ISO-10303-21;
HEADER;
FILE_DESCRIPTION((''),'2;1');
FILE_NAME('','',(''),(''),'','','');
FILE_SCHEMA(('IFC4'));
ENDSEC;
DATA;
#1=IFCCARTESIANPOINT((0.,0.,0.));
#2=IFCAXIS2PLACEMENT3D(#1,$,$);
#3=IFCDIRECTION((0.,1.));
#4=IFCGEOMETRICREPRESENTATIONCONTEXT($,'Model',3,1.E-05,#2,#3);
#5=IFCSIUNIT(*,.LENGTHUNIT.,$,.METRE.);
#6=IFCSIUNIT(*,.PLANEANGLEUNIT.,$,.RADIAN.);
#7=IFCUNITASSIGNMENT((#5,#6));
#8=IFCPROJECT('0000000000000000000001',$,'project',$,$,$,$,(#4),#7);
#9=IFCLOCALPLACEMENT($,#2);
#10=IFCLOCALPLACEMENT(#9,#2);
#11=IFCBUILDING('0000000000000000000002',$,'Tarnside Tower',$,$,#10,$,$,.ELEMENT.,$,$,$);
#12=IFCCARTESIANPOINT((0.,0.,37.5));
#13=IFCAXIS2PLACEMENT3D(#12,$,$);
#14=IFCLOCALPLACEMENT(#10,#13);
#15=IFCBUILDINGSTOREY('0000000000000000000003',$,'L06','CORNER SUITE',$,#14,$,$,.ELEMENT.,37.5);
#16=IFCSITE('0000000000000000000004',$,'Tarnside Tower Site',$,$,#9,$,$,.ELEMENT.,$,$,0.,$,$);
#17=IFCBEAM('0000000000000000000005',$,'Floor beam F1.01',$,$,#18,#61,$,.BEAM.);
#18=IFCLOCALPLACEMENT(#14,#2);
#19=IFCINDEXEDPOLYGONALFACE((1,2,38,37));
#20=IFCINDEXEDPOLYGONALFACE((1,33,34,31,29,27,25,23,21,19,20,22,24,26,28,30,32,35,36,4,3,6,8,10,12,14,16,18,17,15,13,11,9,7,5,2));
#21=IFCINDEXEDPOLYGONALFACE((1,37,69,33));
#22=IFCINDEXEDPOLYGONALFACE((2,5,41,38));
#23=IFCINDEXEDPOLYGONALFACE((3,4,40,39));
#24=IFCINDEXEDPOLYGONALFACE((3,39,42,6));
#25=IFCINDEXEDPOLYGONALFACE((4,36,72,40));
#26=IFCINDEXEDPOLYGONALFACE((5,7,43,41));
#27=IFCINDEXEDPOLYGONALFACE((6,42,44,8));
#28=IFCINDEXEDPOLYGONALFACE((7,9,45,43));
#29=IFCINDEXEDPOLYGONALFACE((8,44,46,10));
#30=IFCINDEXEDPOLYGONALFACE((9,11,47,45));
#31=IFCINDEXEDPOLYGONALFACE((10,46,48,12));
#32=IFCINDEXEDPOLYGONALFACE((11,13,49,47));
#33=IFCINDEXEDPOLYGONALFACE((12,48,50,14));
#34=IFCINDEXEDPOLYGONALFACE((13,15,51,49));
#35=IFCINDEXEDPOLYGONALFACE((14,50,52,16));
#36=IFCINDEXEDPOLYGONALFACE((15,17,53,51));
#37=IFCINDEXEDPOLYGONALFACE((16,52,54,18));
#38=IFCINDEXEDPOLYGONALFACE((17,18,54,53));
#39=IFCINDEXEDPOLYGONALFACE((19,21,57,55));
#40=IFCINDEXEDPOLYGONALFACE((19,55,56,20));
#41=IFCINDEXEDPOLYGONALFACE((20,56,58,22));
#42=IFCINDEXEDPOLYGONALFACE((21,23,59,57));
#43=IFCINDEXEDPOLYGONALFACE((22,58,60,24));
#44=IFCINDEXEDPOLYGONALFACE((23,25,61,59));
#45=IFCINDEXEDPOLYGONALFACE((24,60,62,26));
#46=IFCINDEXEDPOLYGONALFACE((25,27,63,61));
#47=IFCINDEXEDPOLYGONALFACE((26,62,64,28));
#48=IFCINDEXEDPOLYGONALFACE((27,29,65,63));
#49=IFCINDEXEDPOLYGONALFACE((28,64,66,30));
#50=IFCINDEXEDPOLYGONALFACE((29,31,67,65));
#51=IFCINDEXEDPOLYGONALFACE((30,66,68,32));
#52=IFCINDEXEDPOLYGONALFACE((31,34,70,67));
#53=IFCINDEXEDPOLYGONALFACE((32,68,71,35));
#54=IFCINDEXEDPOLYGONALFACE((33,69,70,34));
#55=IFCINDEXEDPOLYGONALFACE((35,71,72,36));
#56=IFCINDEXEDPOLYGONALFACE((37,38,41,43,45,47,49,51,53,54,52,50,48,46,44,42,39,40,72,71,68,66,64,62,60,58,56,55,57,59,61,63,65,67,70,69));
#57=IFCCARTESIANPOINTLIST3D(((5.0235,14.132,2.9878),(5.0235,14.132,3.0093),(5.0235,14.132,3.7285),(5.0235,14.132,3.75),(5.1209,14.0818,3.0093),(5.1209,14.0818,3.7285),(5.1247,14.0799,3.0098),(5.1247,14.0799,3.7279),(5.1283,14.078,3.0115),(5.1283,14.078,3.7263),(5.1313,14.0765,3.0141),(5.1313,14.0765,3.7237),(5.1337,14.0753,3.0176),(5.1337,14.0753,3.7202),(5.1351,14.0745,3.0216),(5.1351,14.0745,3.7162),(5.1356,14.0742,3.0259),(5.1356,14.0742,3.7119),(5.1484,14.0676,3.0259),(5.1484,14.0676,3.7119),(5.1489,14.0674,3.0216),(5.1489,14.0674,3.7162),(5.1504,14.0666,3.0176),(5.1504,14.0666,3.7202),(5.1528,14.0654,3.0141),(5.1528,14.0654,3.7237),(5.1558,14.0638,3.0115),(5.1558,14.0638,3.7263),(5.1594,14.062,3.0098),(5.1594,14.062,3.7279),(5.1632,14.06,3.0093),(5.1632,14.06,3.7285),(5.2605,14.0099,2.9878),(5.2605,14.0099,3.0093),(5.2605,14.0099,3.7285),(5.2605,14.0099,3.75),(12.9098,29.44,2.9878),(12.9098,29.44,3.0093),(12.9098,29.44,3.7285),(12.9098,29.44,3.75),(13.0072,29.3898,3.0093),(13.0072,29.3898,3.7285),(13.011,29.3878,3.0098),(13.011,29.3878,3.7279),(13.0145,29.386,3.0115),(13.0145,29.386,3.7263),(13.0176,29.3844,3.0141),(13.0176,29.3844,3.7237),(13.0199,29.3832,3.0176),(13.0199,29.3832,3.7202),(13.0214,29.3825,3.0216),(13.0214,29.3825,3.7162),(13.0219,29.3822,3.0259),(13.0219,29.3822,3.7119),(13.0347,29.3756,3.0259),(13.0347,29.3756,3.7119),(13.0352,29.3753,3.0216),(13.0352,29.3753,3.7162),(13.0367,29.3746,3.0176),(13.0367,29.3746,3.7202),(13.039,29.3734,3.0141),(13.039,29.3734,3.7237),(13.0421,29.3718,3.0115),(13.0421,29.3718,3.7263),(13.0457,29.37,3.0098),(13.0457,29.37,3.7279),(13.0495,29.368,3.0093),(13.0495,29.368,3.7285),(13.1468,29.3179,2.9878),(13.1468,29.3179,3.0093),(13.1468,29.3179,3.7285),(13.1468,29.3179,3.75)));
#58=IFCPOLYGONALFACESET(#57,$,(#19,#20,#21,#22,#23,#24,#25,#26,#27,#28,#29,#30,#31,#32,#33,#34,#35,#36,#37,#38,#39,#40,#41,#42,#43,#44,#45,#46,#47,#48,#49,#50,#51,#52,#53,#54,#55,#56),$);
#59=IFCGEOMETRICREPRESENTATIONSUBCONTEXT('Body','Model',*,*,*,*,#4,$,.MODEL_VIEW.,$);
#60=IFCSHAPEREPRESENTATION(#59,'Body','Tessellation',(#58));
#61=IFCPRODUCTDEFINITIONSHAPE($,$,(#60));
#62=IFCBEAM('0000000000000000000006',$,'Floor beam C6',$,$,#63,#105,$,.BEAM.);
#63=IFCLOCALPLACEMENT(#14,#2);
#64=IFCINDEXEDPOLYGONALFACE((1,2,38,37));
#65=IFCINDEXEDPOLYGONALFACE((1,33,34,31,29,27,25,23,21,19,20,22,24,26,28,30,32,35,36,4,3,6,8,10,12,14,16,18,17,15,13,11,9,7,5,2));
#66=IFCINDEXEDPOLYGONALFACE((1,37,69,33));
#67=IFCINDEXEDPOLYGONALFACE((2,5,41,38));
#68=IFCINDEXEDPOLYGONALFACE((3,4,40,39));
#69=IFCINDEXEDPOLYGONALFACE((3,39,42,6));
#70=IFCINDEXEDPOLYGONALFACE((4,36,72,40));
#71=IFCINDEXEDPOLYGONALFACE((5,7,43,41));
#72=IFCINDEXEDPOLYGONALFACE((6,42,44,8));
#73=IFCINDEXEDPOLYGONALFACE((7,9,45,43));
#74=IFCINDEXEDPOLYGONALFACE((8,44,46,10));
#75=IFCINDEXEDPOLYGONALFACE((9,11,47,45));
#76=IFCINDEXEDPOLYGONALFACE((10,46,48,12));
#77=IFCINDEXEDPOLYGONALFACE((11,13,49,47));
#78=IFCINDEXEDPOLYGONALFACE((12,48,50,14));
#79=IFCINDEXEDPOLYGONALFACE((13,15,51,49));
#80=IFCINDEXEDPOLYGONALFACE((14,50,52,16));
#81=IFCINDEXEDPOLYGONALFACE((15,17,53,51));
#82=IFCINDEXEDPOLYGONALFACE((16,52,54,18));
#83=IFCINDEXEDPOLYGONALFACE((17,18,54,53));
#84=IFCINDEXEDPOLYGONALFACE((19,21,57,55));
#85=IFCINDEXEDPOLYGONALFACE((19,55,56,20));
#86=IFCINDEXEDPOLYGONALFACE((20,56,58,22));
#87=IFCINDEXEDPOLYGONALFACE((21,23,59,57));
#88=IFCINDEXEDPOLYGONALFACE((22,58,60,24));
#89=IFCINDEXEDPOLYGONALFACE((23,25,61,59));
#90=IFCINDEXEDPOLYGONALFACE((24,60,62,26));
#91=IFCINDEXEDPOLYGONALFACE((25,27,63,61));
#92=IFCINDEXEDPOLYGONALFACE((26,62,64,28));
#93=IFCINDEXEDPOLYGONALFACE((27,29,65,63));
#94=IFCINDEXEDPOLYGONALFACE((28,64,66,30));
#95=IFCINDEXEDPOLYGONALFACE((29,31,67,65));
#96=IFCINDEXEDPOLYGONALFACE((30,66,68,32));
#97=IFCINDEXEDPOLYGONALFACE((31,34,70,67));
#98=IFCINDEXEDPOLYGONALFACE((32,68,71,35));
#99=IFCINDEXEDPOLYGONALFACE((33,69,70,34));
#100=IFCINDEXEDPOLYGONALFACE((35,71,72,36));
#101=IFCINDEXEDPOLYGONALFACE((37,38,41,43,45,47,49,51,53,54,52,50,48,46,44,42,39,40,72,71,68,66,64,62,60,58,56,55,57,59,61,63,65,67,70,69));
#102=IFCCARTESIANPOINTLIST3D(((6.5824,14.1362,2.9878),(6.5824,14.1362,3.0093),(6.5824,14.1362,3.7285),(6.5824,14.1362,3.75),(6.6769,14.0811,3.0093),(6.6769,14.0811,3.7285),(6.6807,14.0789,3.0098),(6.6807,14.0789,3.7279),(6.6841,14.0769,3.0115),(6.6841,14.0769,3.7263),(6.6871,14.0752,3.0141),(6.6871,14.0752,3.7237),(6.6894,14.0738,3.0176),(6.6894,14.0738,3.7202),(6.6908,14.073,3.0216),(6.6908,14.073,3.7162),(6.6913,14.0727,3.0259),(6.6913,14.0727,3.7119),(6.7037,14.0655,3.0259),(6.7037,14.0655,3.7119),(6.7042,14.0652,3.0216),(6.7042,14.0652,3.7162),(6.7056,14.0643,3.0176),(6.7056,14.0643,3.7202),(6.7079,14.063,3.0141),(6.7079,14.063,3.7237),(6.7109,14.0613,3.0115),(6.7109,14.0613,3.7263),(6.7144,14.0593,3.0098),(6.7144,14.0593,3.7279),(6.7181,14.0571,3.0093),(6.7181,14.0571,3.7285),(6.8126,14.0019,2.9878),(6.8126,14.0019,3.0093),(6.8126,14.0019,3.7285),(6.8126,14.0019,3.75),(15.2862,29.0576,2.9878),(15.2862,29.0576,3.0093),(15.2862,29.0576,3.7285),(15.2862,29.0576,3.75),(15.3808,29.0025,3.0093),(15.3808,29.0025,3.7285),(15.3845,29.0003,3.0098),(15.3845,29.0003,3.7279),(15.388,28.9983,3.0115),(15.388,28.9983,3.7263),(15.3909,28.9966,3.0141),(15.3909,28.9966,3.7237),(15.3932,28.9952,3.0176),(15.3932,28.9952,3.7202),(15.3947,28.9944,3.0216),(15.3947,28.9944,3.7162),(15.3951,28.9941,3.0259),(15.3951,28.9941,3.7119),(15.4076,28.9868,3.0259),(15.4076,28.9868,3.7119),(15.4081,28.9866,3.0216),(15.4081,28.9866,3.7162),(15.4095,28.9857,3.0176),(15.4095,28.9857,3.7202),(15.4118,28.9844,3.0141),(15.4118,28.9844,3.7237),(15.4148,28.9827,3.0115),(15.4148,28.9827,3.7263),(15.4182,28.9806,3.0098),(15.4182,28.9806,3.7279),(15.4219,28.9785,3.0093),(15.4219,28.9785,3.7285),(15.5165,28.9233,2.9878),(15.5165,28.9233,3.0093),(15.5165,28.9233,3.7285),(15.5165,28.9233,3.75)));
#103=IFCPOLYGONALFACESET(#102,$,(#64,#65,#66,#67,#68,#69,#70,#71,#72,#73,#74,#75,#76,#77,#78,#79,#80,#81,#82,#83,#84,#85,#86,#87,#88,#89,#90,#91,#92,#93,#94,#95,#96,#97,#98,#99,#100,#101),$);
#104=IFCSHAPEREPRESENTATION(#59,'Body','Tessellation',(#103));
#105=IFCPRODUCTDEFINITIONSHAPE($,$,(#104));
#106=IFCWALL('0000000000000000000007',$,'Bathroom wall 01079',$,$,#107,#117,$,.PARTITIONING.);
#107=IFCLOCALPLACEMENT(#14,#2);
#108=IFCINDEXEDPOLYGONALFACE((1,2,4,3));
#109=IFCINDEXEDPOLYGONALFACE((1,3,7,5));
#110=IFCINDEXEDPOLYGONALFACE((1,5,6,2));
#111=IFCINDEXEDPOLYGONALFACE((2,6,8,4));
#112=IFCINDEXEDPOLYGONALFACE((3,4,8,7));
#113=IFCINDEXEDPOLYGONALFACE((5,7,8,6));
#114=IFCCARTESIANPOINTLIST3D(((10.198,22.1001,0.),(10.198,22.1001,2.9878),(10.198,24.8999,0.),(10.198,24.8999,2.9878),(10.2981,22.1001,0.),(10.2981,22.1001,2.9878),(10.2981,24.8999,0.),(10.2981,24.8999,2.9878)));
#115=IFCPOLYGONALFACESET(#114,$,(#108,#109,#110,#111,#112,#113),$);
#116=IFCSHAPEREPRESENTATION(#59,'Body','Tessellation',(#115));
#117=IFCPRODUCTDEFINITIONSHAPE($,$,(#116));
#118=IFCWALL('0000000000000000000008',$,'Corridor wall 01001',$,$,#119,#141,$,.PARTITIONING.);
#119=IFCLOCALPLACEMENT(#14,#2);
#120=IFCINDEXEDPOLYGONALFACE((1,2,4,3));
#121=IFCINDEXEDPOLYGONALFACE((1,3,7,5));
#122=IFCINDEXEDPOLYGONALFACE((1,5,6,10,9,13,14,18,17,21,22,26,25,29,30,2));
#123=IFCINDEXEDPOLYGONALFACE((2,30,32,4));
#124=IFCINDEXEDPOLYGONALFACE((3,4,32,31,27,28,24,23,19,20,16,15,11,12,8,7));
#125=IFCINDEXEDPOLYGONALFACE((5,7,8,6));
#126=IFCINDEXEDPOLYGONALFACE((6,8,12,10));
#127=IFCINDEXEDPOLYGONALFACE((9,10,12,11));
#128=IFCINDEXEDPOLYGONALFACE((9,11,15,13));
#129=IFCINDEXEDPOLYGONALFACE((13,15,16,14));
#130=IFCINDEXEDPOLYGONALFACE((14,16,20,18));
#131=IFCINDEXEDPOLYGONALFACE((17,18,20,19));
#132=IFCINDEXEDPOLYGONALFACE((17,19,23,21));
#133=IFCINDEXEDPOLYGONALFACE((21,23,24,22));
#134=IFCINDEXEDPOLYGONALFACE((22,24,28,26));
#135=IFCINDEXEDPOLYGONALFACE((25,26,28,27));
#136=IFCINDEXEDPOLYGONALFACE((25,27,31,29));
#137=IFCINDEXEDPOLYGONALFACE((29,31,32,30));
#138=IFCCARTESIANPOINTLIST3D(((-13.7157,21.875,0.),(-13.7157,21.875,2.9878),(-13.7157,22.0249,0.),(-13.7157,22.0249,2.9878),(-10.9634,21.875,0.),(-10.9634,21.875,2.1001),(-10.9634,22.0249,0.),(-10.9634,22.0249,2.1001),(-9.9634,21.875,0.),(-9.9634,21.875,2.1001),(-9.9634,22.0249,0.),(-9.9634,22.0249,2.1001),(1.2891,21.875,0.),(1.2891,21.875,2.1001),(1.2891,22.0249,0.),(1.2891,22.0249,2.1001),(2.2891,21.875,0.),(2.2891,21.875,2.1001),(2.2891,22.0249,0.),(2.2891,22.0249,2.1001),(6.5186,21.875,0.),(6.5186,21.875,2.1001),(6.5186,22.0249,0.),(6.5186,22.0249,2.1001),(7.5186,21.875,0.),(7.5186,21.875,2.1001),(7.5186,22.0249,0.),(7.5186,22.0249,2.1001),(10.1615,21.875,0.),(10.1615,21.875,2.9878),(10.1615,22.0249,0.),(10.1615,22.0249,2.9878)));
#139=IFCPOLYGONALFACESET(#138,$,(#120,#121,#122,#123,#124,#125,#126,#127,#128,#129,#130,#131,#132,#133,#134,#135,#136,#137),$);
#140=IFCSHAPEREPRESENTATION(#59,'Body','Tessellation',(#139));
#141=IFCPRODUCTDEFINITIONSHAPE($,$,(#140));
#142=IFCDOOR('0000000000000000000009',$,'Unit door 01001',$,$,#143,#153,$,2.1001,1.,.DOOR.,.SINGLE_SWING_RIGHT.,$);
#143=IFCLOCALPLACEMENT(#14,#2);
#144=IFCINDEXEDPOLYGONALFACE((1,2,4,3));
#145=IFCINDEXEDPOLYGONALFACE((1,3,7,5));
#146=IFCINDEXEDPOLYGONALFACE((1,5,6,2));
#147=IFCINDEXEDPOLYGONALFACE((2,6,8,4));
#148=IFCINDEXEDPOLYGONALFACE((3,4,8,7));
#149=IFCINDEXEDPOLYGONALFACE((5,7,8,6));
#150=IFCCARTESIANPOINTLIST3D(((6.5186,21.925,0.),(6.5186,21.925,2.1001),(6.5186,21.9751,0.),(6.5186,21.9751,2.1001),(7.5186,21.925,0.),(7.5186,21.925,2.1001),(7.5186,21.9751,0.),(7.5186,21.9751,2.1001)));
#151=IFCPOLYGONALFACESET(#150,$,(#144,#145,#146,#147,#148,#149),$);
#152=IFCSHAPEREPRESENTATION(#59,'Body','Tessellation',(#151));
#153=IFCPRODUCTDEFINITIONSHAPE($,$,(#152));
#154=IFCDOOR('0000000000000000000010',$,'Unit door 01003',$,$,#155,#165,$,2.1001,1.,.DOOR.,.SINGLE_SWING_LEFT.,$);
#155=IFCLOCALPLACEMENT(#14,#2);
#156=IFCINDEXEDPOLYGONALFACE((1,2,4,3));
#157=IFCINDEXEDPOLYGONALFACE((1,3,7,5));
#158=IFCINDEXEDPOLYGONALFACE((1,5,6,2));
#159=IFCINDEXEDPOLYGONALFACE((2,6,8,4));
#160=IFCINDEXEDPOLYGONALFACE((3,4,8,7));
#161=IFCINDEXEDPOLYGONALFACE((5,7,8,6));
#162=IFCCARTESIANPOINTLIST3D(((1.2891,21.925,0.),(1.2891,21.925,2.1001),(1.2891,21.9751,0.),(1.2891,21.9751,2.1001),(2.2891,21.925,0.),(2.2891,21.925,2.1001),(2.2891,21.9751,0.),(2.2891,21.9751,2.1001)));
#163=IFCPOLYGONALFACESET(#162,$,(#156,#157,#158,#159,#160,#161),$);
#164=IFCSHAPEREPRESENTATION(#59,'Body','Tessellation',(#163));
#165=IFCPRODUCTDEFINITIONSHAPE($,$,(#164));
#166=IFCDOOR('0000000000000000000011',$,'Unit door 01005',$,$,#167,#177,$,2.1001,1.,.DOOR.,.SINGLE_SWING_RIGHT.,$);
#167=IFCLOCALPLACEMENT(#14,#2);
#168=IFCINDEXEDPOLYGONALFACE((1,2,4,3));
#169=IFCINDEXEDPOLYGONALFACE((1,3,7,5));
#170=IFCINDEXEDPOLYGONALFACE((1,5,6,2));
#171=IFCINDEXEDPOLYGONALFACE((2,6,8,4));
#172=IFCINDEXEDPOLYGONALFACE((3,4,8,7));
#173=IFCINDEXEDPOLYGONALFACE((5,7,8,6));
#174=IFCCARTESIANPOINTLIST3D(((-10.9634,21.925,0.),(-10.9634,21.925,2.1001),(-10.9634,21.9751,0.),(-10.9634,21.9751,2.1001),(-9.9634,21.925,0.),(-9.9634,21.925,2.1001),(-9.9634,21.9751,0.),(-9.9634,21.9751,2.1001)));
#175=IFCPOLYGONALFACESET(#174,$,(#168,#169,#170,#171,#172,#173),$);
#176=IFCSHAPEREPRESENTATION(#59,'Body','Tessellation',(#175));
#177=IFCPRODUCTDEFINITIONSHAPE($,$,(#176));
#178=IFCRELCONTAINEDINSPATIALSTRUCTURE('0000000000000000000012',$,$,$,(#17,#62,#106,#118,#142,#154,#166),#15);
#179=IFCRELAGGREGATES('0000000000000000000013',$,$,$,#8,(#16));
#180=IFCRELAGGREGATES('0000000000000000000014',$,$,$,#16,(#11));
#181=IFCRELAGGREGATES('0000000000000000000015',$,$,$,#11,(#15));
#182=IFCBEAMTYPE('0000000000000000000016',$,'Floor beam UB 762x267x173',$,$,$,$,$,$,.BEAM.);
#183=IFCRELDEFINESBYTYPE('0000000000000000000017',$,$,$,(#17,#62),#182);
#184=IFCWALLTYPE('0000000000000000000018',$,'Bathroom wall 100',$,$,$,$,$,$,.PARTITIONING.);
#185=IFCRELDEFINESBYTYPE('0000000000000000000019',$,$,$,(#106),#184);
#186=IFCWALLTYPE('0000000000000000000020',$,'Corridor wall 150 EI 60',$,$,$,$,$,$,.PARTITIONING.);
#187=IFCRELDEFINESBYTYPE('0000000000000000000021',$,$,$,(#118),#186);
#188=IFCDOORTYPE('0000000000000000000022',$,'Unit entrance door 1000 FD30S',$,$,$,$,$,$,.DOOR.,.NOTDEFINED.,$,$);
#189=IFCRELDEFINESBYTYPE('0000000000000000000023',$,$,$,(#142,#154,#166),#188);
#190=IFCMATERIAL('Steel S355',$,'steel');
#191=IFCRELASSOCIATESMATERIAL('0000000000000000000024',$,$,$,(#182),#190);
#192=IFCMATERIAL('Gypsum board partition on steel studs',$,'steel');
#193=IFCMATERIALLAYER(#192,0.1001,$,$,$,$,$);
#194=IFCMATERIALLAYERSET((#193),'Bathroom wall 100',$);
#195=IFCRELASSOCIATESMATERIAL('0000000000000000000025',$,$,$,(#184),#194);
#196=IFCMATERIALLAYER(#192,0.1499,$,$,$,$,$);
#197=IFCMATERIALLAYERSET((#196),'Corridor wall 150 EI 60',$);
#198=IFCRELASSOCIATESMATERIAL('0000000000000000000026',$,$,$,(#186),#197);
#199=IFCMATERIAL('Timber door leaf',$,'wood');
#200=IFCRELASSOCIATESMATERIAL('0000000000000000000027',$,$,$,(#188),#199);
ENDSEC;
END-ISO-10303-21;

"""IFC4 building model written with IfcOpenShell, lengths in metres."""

from ifc_helpers import new_model, si_unit, direction, frame, frame_2d, origin, origin_2d, place, context, subcontext, project, spatial, rectangle, i_section, extrude, material, layer, layer_set, material_profile, profile_set, type_object, element, fill, save


model = new_model("IFC4")

# Units and contexts
model_context = context("Model", 3, precision=1e-05, world=origin(), true_north=direction((0.0, 1.0)))
body_context = subcontext(model_context, "Body", "Model", "MODEL_VIEW")
ifc_project = project(units=[si_unit("LENGTHUNIT", "METRE"), si_unit("PLANEANGLEUNIT", "RADIAN")], contexts=[model_context])

# Site, building, storey
site_placement = place(None, origin())
site = spatial("IfcSite", under=ifc_project, at=site_placement, Name="Tarnside Tower Site", CompositionType="ELEMENT", RefElevation=0.0)
building_placement = place(site_placement, origin())
building = spatial("IfcBuilding", under=site, at=building_placement, Name="Tarnside Tower", CompositionType="ELEMENT")
storey_placement = place(building_placement, frame((0.0, 0.0, 37.5)))
storey = spatial("IfcBuildingStorey", under=building, at=storey_placement, Name="L06", Description="CORNER SUITE", CompositionType="ELEMENT", Elevation=37.5)

# Beams
ifc_material_1 = material(Name="Steel S355", Category="steel")
ifc_material_profile = material_profile(ifc_material_1, i_section(OverallWidth=0.2666, OverallDepth=0.7622, WebThickness=0.0144, FlangeThickness=0.0215, FilletRadius=0.0166, at=origin_2d()), Name="UB 762x267x173")
ifc_profile_set = profile_set([ifc_material_profile], Name="Steel S355")
beam_type = type_object("IfcBeamType", Name="Floor beam UB 762x267x173", PredefinedType="BEAM", material=ifc_profile_set)
beam_1_placement = place(storey_placement, frame((13.0283, 29.3789, 3.3689), z_axis=(-0.457973, -0.888966, 0.0), x_axis=(0.888966, -0.457973, 0.0)))
element("IfcBeam", 1, at=beam_1_placement, inside=storey, type_object=beam_type, Name="Floor beam F1.01", PredefinedType="BEAM", context=body_context, shape_type="SweptSolid", body=[
    extrude(i_section(OverallWidth=0.2666, OverallDepth=0.7622, WebThickness=0.0144, FlangeThickness=0.0215, FilletRadius=0.0166, at=origin_2d()), origin(), (0.0, 0.0, 1.0), 17.22),
])
beam_2_placement = place(storey_placement, frame((15.4014, 28.9905, 3.3689), z_axis=(-0.503859, -0.863786, 0.0), x_axis=(0.863786, -0.503859, 0.0)))
element("IfcBeam", 2, at=beam_2_placement, inside=storey, type_object=beam_type, Name="Floor beam C6", PredefinedType="BEAM", context=body_context, shape_type="SweptSolid", body=[
    extrude(i_section(OverallWidth=0.2666, OverallDepth=0.7622, WebThickness=0.0144, FlangeThickness=0.0215, FilletRadius=0.0166, at=origin_2d()), origin(), (0.0, 0.0, 1.0), 17.2744),
])

# Wall
ifc_material_2 = material(Name="Gypsum board partition on steel studs", Category="steel")
ifc_layer_1 = layer(ifc_material_2, 0.1001)
ifc_layer_set_1 = layer_set([ifc_layer_1], Name="Bathroom wall 100")
wall_type_1 = type_object("IfcWallType", Name="Bathroom wall 100", PredefinedType="PARTITIONING", material=ifc_layer_set_1)
wall_1_placement = place(storey_placement, frame((10.248, 24.8999, 0.0), z_axis=(0.0, 0.0, 1.0), x_axis=(0.0, -1.0, 0.0)))
element("IfcWall", 3, at=wall_1_placement, inside=storey, type_object=wall_type_1, Name="Bathroom wall 01079", PredefinedType="PARTITIONING", context=body_context, shape_type="SweptSolid", body=[
    extrude(rectangle(XDim=2.7998, YDim=0.1001, at=frame_2d((1.3999, 0.0))), origin(), (0.0, 0.0, 1.0), 2.9878),
])

# Wall, openings, doors
ifc_layer_2 = layer(ifc_material_2, 0.1499)
ifc_layer_set_2 = layer_set([ifc_layer_2], Name="Corridor wall 150 EI 60")
wall_type_2 = type_object("IfcWallType", Name="Corridor wall 150 EI 60", PredefinedType="PARTITIONING", material=ifc_layer_set_2)
wall_2_placement = place(storey_placement, frame((10.1614, 21.95, 0.0), z_axis=(0.0, 0.0, 1.0), x_axis=(-1.0, 0.0, 0.0)))
wall_2 = element("IfcWall", 4, at=wall_2_placement, inside=storey, type_object=wall_type_2, Name="Corridor wall 01001", PredefinedType="PARTITIONING", context=body_context, shape_type="SweptSolid", body=[
    extrude(rectangle(XDim=23.8772, YDim=0.1499, at=frame_2d((11.9385, 0.0))), origin(), (0.0, 0.0, 1.0), 2.9878),
])
opening_1_placement = place(wall_2_placement, frame((2.6428, 0.0, 0.0)))
opening_1 = element("IfcOpeningElement", 5, at=opening_1_placement, cuts=wall_2, PredefinedType="OPENING", context=body_context, shape_type="SweptSolid", body=[
    extrude(rectangle(XDim=1.0, YDim=2.1001, at=frame_2d((0.5, 1.05))), frame((0.0, 0.085, 0.0), z_axis=(0.0, -1.0, 0.0), x_axis=(1.0, 0.0, 0.0)), (0.0, 0.0, 1.0), 0.1699),
])
opening_2_placement = place(wall_2_placement, frame((7.8723, 0.0, 0.0)))
opening_2 = element("IfcOpeningElement", 6, at=opening_2_placement, cuts=wall_2, PredefinedType="OPENING", context=body_context, shape_type="SweptSolid", body=[
    extrude(rectangle(XDim=1.0, YDim=2.1001, at=frame_2d((0.5, 1.05))), frame((0.0, 0.085, 0.0), z_axis=(0.0, -1.0, 0.0), x_axis=(1.0, 0.0, 0.0)), (0.0, 0.0, 1.0), 0.1699),
])
opening_3_placement = place(wall_2_placement, frame((20.1248, 0.0, 0.0)))
opening_3 = element("IfcOpeningElement", 7, at=opening_3_placement, cuts=wall_2, PredefinedType="OPENING", context=body_context, shape_type="SweptSolid", body=[
    extrude(rectangle(XDim=1.0, YDim=2.1001, at=frame_2d((0.5, 1.05))), frame((0.0, 0.085, 0.0), z_axis=(0.0, -1.0, 0.0), x_axis=(1.0, 0.0, 0.0)), (0.0, 0.0, 1.0), 0.1699),
])
ifc_material_3 = material(Name="Timber door leaf", Category="wood")
door_type = type_object("IfcDoorType", Name="Unit entrance door 1000 FD30S", OperationType="NOTDEFINED", PredefinedType="DOOR", material=ifc_material_3)
door_1_placement = place(opening_1_placement, origin())
door_1 = element("IfcDoor", 8, at=door_1_placement, inside=storey, type_object=door_type, Name="Unit door 01001", OperationType="SINGLE_SWING_RIGHT", OverallHeight=2.1001, OverallWidth=1.0, PredefinedType="DOOR", context=body_context, shape_type="SweptSolid", body=[
    extrude(rectangle(XDim=1.0, YDim=2.1001, at=frame_2d((0.5, 1.05))), frame((0.0, 0.0249, 0.0), z_axis=(0.0, -1.0, 0.0), x_axis=(1.0, 0.0, 0.0)), (0.0, 0.0, 1.0), 0.05),
])
fill(opening_1, door_1)
door_2_placement = place(opening_2_placement, origin())
door_2 = element("IfcDoor", 9, at=door_2_placement, inside=storey, type_object=door_type, Name="Unit door 01003", OperationType="SINGLE_SWING_LEFT", OverallHeight=2.1001, OverallWidth=1.0, PredefinedType="DOOR", context=body_context, shape_type="SweptSolid", body=[
    extrude(rectangle(XDim=1.0, YDim=2.1001, at=frame_2d((0.5, 1.05))), frame((0.0, 0.0249, 0.0), z_axis=(0.0, -1.0, 0.0), x_axis=(1.0, 0.0, 0.0)), (0.0, 0.0, 1.0), 0.05),
])
fill(opening_2, door_2)
door_3_placement = place(opening_3_placement, origin())
door_3 = element("IfcDoor", 10, at=door_3_placement, inside=storey, type_object=door_type, Name="Unit door 01005", OperationType="SINGLE_SWING_RIGHT", OverallHeight=2.1001, OverallWidth=1.0, PredefinedType="DOOR", context=body_context, shape_type="SweptSolid", body=[
    extrude(rectangle(XDim=1.0, YDim=2.1001, at=frame_2d((0.5, 1.05))), frame((0.0, 0.0249, 0.0), z_axis=(0.0, -1.0, 0.0), x_axis=(1.0, 0.0, 0.0)), (0.0, 0.0, 1.0), 0.05),
])
fill(opening_3, door_3)

save(model, "model.ifc")
